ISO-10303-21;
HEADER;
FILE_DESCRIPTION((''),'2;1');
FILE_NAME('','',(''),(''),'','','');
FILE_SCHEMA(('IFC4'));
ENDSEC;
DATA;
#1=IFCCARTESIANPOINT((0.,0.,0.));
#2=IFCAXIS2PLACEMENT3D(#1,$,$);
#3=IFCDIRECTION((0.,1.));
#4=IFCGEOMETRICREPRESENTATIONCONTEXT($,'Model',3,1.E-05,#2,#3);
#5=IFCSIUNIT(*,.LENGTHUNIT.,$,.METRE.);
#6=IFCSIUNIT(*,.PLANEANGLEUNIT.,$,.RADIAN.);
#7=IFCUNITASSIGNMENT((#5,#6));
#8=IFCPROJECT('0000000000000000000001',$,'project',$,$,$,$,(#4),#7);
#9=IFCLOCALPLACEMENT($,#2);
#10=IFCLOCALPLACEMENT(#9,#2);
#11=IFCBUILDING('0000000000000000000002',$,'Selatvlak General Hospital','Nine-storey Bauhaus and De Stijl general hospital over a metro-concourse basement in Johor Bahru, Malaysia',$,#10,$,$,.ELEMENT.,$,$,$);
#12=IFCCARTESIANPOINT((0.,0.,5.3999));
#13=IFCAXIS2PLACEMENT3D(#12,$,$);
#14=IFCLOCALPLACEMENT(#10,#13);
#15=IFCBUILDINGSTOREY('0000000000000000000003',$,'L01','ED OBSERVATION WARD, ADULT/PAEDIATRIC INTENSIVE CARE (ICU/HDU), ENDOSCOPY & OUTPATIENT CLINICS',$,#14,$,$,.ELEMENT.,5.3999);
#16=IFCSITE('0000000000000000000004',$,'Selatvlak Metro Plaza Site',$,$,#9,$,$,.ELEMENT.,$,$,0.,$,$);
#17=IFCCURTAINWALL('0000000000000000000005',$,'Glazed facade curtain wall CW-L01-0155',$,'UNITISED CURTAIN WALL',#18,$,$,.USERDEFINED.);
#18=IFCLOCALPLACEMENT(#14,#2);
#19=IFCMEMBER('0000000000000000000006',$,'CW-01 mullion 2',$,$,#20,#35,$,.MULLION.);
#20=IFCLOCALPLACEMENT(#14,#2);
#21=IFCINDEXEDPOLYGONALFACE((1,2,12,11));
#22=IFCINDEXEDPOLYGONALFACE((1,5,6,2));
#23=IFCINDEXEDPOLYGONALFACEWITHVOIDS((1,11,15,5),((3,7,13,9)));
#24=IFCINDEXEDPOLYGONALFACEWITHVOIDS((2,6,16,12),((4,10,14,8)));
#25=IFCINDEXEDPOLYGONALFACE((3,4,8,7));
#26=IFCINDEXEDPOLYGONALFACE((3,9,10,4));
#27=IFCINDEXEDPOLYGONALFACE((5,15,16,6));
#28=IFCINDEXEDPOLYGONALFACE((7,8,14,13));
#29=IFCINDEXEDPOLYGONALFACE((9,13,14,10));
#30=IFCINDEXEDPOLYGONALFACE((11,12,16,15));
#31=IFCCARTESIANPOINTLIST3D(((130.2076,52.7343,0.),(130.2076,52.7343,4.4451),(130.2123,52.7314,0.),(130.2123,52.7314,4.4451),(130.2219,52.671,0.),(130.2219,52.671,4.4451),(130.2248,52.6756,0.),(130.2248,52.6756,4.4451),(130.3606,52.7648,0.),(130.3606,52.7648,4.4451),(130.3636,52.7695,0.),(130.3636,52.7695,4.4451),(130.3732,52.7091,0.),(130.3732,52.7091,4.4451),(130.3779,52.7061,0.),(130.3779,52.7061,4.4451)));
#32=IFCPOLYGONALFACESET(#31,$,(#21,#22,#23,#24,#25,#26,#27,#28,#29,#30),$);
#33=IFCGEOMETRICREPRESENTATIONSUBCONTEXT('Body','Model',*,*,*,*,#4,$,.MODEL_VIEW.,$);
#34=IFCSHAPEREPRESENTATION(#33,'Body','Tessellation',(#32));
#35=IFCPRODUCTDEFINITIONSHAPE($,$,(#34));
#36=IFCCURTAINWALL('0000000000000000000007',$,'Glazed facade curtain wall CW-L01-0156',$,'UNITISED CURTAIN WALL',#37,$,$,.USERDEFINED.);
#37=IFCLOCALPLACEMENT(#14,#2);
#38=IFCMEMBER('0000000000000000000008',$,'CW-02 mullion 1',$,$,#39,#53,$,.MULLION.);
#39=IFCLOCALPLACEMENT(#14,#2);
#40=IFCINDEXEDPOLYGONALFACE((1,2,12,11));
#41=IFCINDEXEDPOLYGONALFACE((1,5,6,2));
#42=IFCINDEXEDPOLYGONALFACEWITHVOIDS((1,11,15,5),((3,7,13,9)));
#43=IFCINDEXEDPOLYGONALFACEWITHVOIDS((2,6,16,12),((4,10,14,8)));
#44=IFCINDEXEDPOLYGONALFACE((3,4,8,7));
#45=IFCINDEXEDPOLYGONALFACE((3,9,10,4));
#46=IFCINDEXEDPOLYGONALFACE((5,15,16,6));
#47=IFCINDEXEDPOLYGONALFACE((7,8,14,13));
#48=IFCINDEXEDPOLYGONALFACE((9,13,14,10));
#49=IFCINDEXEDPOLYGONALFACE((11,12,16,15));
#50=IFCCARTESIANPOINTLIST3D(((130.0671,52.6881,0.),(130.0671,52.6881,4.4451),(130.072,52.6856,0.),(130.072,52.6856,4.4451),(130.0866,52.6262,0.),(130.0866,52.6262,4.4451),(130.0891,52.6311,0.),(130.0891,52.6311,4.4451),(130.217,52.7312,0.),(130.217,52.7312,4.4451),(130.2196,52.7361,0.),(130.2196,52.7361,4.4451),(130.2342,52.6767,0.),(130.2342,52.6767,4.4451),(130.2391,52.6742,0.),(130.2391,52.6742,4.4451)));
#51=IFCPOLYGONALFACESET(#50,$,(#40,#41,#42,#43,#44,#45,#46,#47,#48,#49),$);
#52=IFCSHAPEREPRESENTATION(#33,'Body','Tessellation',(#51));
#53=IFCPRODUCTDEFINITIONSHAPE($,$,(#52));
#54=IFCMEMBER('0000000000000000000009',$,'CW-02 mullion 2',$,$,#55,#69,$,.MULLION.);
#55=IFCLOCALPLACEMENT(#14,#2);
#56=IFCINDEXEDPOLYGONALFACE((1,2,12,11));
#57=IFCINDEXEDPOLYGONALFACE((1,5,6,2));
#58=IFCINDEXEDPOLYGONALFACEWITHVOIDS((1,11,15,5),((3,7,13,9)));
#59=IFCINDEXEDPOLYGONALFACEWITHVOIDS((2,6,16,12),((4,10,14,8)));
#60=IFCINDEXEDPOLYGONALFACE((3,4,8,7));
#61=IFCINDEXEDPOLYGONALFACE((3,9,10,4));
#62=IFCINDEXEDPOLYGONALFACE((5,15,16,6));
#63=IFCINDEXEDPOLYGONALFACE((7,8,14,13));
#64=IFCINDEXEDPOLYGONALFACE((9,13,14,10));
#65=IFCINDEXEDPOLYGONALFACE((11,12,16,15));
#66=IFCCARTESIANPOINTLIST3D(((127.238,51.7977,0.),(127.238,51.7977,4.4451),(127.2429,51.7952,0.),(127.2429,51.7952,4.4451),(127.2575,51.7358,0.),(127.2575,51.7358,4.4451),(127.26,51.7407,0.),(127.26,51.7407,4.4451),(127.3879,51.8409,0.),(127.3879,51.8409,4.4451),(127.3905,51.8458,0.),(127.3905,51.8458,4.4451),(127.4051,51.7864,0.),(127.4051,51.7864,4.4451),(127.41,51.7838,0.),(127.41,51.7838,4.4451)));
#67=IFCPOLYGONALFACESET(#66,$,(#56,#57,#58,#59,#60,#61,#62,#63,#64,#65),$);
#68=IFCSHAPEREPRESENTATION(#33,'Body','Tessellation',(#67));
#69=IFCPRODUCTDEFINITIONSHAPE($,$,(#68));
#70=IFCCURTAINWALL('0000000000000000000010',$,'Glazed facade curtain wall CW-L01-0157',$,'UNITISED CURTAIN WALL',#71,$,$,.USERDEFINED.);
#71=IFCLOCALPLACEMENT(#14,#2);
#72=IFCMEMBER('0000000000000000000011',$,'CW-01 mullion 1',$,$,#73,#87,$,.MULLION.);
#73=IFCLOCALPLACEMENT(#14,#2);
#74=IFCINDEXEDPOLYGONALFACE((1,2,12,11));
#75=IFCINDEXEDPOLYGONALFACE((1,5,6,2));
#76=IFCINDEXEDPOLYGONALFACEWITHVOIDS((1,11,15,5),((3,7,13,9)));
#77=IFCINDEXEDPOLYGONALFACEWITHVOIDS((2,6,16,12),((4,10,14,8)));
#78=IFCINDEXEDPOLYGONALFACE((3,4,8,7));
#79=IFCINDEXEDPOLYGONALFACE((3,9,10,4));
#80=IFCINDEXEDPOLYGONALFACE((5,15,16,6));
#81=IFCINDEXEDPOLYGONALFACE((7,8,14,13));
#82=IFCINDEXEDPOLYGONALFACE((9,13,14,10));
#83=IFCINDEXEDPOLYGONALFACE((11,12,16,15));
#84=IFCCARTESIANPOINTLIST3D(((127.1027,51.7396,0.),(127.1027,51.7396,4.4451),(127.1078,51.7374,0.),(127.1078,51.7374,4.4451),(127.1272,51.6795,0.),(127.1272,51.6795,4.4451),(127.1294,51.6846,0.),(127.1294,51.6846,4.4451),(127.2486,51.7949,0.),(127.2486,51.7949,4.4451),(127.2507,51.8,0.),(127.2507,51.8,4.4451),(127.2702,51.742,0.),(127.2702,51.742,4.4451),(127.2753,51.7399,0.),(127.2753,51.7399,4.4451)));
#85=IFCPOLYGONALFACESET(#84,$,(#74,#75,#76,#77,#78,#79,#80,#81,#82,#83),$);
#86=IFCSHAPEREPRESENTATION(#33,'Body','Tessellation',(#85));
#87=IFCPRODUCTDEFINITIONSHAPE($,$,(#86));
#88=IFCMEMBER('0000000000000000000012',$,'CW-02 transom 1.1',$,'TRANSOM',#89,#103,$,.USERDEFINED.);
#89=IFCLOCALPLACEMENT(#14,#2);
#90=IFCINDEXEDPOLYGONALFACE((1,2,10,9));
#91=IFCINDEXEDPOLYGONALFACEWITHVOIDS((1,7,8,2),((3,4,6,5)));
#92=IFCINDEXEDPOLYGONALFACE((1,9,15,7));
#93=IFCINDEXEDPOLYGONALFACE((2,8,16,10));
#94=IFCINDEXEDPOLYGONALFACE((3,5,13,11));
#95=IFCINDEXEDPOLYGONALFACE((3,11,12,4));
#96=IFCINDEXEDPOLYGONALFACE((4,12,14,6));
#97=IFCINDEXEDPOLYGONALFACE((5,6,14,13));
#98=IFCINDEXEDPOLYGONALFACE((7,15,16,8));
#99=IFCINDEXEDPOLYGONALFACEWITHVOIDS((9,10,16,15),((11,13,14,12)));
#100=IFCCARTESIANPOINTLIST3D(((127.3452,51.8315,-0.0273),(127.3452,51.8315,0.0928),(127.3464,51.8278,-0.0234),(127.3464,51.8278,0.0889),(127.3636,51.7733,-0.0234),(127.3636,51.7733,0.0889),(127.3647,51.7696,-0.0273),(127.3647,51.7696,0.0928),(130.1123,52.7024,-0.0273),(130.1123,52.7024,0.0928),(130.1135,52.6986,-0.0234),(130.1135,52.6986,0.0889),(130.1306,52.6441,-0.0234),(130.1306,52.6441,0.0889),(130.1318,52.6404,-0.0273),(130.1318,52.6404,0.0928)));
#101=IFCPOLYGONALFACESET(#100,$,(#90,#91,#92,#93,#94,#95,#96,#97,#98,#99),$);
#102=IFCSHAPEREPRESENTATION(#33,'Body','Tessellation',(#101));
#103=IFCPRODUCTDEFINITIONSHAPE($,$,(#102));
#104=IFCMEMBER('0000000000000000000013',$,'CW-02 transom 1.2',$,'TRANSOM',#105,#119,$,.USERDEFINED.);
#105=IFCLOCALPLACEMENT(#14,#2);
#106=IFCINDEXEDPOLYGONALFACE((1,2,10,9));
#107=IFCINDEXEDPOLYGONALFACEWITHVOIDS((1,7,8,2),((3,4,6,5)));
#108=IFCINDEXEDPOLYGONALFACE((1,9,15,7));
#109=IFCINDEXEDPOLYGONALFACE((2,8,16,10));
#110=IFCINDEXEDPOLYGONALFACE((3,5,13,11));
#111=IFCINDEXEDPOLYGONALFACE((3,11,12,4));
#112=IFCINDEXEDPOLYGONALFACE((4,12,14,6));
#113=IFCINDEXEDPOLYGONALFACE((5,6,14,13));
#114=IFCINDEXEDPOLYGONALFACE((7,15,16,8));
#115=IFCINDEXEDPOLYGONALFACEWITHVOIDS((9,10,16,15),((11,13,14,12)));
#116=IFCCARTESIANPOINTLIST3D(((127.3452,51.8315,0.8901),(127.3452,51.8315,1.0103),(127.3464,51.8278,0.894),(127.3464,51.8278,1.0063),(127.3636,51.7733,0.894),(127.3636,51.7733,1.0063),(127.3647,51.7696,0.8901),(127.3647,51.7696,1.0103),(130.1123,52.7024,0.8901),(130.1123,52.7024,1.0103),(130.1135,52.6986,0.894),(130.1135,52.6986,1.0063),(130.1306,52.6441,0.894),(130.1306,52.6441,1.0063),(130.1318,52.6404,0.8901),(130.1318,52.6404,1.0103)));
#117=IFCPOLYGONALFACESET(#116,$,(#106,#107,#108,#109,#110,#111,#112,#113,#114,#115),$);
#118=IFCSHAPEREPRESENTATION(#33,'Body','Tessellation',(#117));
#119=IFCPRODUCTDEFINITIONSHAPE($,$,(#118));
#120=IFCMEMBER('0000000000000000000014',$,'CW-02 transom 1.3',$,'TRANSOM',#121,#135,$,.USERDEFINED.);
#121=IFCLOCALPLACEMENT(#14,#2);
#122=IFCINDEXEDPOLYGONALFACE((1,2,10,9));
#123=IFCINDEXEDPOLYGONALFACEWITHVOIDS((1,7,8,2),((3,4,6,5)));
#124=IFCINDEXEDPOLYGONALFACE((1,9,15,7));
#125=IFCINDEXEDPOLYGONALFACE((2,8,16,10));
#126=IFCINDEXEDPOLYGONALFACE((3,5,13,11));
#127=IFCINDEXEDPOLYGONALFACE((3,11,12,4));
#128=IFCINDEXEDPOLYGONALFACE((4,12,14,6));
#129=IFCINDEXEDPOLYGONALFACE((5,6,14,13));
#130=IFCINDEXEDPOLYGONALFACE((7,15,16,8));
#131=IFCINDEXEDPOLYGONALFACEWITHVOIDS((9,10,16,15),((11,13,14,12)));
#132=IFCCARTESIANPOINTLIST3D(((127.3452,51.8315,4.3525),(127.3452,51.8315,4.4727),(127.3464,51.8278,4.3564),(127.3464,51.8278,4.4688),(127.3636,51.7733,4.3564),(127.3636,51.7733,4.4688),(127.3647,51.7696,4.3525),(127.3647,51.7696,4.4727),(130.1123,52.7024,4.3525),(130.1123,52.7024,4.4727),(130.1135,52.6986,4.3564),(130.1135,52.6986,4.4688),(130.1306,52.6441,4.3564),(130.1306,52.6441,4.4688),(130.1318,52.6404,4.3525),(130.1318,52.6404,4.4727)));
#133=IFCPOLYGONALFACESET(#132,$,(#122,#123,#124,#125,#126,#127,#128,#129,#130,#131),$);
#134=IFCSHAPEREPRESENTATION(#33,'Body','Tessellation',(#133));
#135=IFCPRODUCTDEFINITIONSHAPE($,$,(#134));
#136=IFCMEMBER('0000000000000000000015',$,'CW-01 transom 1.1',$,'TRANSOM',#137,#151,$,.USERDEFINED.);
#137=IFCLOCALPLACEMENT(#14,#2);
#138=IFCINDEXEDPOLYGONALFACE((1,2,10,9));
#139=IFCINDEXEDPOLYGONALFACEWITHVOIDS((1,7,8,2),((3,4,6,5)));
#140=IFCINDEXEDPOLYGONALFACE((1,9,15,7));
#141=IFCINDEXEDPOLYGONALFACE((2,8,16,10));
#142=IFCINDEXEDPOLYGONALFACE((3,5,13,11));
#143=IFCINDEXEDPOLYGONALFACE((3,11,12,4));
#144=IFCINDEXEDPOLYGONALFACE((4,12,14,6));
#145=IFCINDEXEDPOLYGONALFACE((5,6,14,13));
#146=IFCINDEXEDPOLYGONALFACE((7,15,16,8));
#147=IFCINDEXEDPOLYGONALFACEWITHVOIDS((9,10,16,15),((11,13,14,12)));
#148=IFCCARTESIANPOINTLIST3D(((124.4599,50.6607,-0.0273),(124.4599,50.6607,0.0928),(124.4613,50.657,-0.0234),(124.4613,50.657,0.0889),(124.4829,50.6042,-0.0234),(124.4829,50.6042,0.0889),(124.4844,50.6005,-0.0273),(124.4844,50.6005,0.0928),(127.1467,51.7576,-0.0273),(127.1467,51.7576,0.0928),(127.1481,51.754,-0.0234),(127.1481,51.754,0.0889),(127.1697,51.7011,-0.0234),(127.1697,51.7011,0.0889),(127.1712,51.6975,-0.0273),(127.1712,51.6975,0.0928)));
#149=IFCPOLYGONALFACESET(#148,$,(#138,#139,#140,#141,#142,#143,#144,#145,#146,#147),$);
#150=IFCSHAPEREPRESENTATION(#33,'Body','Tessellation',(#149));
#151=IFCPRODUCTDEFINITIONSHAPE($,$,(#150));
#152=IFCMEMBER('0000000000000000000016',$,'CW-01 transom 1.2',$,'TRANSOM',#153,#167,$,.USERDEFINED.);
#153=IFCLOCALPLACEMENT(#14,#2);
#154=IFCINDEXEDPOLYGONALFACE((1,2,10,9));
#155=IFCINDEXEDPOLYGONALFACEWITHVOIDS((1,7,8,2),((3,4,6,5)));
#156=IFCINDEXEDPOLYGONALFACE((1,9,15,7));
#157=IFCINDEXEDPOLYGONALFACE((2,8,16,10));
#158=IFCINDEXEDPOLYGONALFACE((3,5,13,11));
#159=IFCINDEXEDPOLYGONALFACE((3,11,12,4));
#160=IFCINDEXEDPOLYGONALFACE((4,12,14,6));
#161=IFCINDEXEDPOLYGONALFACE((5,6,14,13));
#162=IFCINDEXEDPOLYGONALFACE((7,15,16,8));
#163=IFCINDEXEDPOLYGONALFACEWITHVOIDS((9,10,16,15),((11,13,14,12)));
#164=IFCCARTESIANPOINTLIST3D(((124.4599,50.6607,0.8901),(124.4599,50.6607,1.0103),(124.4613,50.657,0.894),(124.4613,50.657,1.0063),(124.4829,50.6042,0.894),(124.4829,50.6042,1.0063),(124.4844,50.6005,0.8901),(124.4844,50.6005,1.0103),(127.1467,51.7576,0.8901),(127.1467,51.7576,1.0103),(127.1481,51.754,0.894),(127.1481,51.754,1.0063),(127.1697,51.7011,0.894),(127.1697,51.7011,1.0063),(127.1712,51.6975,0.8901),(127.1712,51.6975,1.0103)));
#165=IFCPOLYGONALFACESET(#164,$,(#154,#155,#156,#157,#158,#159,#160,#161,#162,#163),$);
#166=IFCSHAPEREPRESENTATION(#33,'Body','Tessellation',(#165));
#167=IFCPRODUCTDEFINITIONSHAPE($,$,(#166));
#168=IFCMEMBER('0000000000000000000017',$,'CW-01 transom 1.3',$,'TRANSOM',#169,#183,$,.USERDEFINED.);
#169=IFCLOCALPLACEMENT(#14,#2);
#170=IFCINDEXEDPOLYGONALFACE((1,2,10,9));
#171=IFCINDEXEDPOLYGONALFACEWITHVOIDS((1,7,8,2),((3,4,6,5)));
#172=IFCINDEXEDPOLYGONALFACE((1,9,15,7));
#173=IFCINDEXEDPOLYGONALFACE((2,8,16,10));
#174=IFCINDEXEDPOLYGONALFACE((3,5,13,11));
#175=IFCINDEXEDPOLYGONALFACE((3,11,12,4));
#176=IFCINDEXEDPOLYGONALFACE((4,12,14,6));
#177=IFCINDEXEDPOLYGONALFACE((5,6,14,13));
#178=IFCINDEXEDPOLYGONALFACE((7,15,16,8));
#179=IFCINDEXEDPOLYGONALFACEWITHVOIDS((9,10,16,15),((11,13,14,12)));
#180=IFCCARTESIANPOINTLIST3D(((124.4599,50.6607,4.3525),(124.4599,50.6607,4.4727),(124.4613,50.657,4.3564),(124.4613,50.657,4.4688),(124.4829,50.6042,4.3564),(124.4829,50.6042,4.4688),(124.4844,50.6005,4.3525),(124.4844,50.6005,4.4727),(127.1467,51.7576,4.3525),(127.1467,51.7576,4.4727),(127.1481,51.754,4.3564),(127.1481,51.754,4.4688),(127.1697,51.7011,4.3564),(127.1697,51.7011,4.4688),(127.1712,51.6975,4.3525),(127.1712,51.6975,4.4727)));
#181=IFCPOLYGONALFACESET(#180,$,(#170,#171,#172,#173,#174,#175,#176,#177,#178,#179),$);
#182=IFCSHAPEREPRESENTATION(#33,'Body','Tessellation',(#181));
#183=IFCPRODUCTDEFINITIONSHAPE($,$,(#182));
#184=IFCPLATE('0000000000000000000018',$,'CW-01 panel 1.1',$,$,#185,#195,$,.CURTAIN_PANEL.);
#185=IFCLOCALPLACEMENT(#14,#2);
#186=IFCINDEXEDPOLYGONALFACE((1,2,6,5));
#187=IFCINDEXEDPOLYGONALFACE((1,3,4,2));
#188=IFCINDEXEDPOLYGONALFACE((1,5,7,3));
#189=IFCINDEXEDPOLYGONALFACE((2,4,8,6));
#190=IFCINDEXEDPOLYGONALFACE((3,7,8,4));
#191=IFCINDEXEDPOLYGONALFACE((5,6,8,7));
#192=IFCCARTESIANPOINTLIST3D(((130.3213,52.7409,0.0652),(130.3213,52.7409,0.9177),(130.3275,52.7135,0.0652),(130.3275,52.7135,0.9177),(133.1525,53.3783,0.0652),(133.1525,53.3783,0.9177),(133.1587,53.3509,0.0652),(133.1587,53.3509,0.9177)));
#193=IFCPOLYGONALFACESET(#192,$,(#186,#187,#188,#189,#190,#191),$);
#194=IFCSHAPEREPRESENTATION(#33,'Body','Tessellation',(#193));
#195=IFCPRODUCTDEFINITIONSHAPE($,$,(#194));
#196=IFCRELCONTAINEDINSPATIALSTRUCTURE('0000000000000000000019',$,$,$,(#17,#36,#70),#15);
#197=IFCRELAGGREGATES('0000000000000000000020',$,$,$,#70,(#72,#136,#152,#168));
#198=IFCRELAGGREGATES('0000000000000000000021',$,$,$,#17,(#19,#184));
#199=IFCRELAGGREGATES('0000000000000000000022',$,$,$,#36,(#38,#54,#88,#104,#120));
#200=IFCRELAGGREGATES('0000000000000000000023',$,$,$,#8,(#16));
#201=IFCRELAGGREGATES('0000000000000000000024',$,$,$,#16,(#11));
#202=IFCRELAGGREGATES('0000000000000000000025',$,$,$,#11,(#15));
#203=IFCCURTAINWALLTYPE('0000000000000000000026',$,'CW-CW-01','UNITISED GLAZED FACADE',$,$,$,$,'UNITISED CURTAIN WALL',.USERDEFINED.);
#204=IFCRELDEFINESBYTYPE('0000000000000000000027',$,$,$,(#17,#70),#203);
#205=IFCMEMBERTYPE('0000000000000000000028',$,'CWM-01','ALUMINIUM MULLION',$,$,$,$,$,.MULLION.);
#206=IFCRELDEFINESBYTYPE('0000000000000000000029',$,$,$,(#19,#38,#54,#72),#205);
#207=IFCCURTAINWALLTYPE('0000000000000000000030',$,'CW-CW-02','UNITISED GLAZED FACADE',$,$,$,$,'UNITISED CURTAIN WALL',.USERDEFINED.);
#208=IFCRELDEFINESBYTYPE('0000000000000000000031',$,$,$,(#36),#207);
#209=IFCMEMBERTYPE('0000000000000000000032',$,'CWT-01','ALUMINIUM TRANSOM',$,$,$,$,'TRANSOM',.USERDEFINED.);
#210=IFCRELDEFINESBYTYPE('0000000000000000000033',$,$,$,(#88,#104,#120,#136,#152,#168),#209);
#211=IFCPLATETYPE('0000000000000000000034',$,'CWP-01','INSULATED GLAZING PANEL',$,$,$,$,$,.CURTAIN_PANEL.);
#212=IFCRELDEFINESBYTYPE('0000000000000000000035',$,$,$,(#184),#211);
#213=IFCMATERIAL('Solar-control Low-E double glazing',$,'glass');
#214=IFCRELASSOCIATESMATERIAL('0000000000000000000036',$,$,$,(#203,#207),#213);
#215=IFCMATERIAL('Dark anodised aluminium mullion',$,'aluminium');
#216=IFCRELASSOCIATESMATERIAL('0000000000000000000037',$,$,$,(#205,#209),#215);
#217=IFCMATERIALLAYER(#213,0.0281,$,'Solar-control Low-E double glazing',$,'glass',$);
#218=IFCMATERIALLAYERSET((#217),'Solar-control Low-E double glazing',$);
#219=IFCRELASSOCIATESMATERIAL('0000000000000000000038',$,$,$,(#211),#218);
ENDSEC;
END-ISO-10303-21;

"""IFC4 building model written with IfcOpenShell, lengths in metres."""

from ifc_helpers import new_model, si_unit, direction, frame, origin, origin_2d, place, context, subcontext, project, spatial, rectangle, hollow_rectangle, extrude, material, layer, layer_set, material_profile, profile_set, type_object, element, aggregate, save


model = new_model("IFC4")

# Units and contexts
model_context = context("Model", 3, precision=1e-05, world=origin(), true_north=direction((0.0, 1.0)))
body_context = subcontext(model_context, "Body", "Model", "MODEL_VIEW")
ifc_project = project(units=[si_unit("LENGTHUNIT", "METRE"), si_unit("PLANEANGLEUNIT", "RADIAN")], contexts=[model_context])

# Site, building, storey
site_placement = place(None, origin())
site = spatial("IfcSite", under=ifc_project, at=site_placement, Name="Selatvlak Metro Plaza Site", CompositionType="ELEMENT", RefElevation=0.0)
building_placement = place(site_placement, origin())
building = spatial("IfcBuilding", under=site, at=building_placement, Name="Selatvlak General Hospital", Description="Nine-storey Bauhaus and De Stijl general hospital over a metro-concourse basement in Johor Bahru, Malaysia", CompositionType="ELEMENT")
storey_placement = place(building_placement, frame((0.0, 0.0, 5.3999)))
storey = spatial("IfcBuildingStorey", under=building, at=storey_placement, Name="L01", Description="ED OBSERVATION WARD, ADULT/PAEDIATRIC INTENSIVE CARE (ICU/HDU), ENDOSCOPY & OUTPATIENT CLINICS", CompositionType="ELEMENT", Elevation=5.3999)

# Curtain wall, member
ifc_material_1 = material(Name="Solar-control Low-E double glazing", Category="glass")
curtain_wall_type_1 = type_object("IfcCurtainWallType", Name="CW-CW-01", Description="UNITISED GLAZED FACADE", ElementType="UNITISED CURTAIN WALL", PredefinedType="USERDEFINED", material=ifc_material_1)
curtain_wall_1_placement = place(storey_placement, origin())
curtain_wall_1 = element("IfcCurtainWall", 1, at=curtain_wall_1_placement, inside=storey, type_object=curtain_wall_type_1, Name="Glazed facade curtain wall CW-L01-0155", ObjectType="UNITISED CURTAIN WALL", PredefinedType="USERDEFINED")
ifc_material_2 = material(Name="Dark anodised aluminium mullion", Category="aluminium")
ifc_material_profile_1 = material_profile(ifc_material_2, hollow_rectangle(XDim=0.0649, YDim=0.1599, WallThickness=0.0039, at=origin_2d()), Name="AL-MUL 65x160x4")
ifc_profile_set_1 = profile_set([ifc_material_profile_1], Name="Dark anodised aluminium mullion")
member_type_1 = type_object("IfcMemberType", Name="CWM-01", Description="ALUMINIUM MULLION", PredefinedType="MULLION", material=ifc_profile_set_1)
member_1_placement = place(storey_placement, frame((130.2927, 52.7202, 0.0), z_axis=(0.0, 0.0, 1.0), x_axis=(0.219653, -0.975578, 0.0)))
member_1 = element("IfcMember", 2, at=member_1_placement, type_object=member_type_1, Name="CW-01 mullion 2", PredefinedType="MULLION", context=body_context, shape_type="SweptSolid", body=[
    extrude(hollow_rectangle(XDim=0.0649, YDim=0.1599, WallThickness=0.0039, at=origin_2d()), origin(), (0.0, 0.0, 1.0), 4.4451),
])

# Curtain wall, members
curtain_wall_type_2 = type_object("IfcCurtainWallType", Name="CW-CW-02", Description="UNITISED GLAZED FACADE", ElementType="UNITISED CURTAIN WALL", PredefinedType="USERDEFINED", material=ifc_material_1)
curtain_wall_2_placement = place(storey_placement, origin())
curtain_wall_2 = element("IfcCurtainWall", 3, at=curtain_wall_2_placement, inside=storey, type_object=curtain_wall_type_2, Name="Glazed facade curtain wall CW-L01-0156", ObjectType="UNITISED CURTAIN WALL", PredefinedType="USERDEFINED")
member_2_placement = place(storey_placement, frame((130.1531, 52.6812, 0.0), z_axis=(0.0, 0.0, 1.0), x_axis=(0.300247, -0.953862, 0.0)))
member_2 = element("IfcMember", 4, at=member_2_placement, type_object=member_type_1, Name="CW-02 mullion 1", PredefinedType="MULLION", context=body_context, shape_type="SweptSolid", body=[
    extrude(hollow_rectangle(XDim=0.0649, YDim=0.1599, WallThickness=0.0039, at=origin_2d()), origin(), (0.0, 0.0, 1.0), 4.4451),
])
member_3_placement = place(storey_placement, frame((127.324, 51.7908, 0.0), z_axis=(0.0, 0.0, 1.0), x_axis=(0.300247, -0.953862, 0.0)))
member_3 = element("IfcMember", 5, at=member_3_placement, type_object=member_type_1, Name="CW-02 mullion 2", PredefinedType="MULLION", context=body_context, shape_type="SweptSolid", body=[
    extrude(hollow_rectangle(XDim=0.0649, YDim=0.1599, WallThickness=0.0039, at=origin_2d()), origin(), (0.0, 0.0, 1.0), 4.4451),
])

# Curtain wall, member
curtain_wall_3_placement = place(storey_placement, origin())
curtain_wall_3 = element("IfcCurtainWall", 6, at=curtain_wall_3_placement, inside=storey, type_object=curtain_wall_type_1, Name="Glazed facade curtain wall CW-L01-0157", ObjectType="UNITISED CURTAIN WALL", PredefinedType="USERDEFINED")
member_4_placement = place(storey_placement, frame((127.189, 51.7397, 0.0), z_axis=(0.0, 0.0, 1.0), x_axis=(0.377978, -0.925815, 0.0)))
member_4 = element("IfcMember", 7, at=member_4_placement, type_object=member_type_1, Name="CW-01 mullion 1", PredefinedType="MULLION", context=body_context, shape_type="SweptSolid", body=[
    extrude(hollow_rectangle(XDim=0.0649, YDim=0.1599, WallThickness=0.0039, at=origin_2d()), origin(), (0.0, 0.0, 1.0), 4.4451),
])

# Members
ifc_material_profile_2 = material_profile(ifc_material_2, hollow_rectangle(XDim=0.0649, YDim=0.1201, WallThickness=0.0039, at=origin_2d()), Name="AL-TRN 65x120x4")
ifc_profile_set_2 = profile_set([ifc_material_profile_2], Name="Dark anodised aluminium mullion")
member_type_2 = type_object("IfcMemberType", Name="CWT-01", Description="ALUMINIUM TRANSOM", ElementType="TRANSOM", PredefinedType="USERDEFINED", material=ifc_profile_set_2)
member_5_placement = place(storey_placement, frame((130.1221, 52.6714, 0.0327), z_axis=(-0.953876, -0.300201, 0.0), x_axis=(0.300201, -0.953876, 0.0)))
member_5 = element("IfcMember", 8, at=member_5_placement, type_object=member_type_2, Name="CW-02 transom 1.1", ObjectType="TRANSOM", PredefinedType="USERDEFINED", context=body_context, shape_type="SweptSolid", body=[
    extrude(hollow_rectangle(XDim=0.0649, YDim=0.1201, WallThickness=0.0039, at=origin_2d()), origin(), (0.0, 0.0, 1.0), 2.9009),
])
member_6_placement = place(storey_placement, frame((130.1221, 52.6714, 0.9502), z_axis=(-0.953876, -0.300201, 0.0), x_axis=(0.300201, -0.953876, 0.0)))
member_6 = element("IfcMember", 9, at=member_6_placement, type_object=member_type_2, Name="CW-02 transom 1.2", ObjectType="TRANSOM", PredefinedType="USERDEFINED", context=body_context, shape_type="SweptSolid", body=[
    extrude(hollow_rectangle(XDim=0.0649, YDim=0.1201, WallThickness=0.0039, at=origin_2d()), origin(), (0.0, 0.0, 1.0), 2.9009),
])
member_7_placement = place(storey_placement, frame((130.1221, 52.6714, 4.4126), z_axis=(-0.953876, -0.300201, 0.0), x_axis=(0.300201, -0.953876, 0.0)))
member_7 = element("IfcMember", 10, at=member_7_placement, type_object=member_type_2, Name="CW-02 transom 1.3", ObjectType="TRANSOM", PredefinedType="USERDEFINED", context=body_context, shape_type="SweptSolid", body=[
    extrude(hollow_rectangle(XDim=0.0649, YDim=0.1201, WallThickness=0.0039, at=origin_2d()), origin(), (0.0, 0.0, 1.0), 2.9009),
])
member_8_placement = place(storey_placement, frame((127.1589, 51.7275, 0.0327), z_axis=(-0.925813, -0.377981, 0.0), x_axis=(0.377981, -0.925813, 0.0)))
member_8 = element("IfcMember", 11, at=member_8_placement, type_object=member_type_2, Name="CW-01 transom 1.1", ObjectType="TRANSOM", PredefinedType="USERDEFINED", context=body_context, shape_type="SweptSolid", body=[
    extrude(hollow_rectangle(XDim=0.0649, YDim=0.1201, WallThickness=0.0039, at=origin_2d()), origin(), (0.0, 0.0, 1.0), 2.9021),
])
member_9_placement = place(storey_placement, frame((127.1589, 51.7275, 0.9502), z_axis=(-0.925813, -0.377981, 0.0), x_axis=(0.377981, -0.925813, 0.0)))
member_9 = element("IfcMember", 12, at=member_9_placement, type_object=member_type_2, Name="CW-01 transom 1.2", ObjectType="TRANSOM", PredefinedType="USERDEFINED", context=body_context, shape_type="SweptSolid", body=[
    extrude(hollow_rectangle(XDim=0.0649, YDim=0.1201, WallThickness=0.0039, at=origin_2d()), origin(), (0.0, 0.0, 1.0), 2.9021),
])
member_10_placement = place(storey_placement, frame((127.1589, 51.7275, 4.4126), z_axis=(-0.925813, -0.377981, 0.0), x_axis=(0.377981, -0.925813, 0.0)))
member_10 = element("IfcMember", 13, at=member_10_placement, type_object=member_type_2, Name="CW-01 transom 1.3", ObjectType="TRANSOM", PredefinedType="USERDEFINED", context=body_context, shape_type="SweptSolid", body=[
    extrude(hollow_rectangle(XDim=0.0649, YDim=0.1201, WallThickness=0.0039, at=origin_2d()), origin(), (0.0, 0.0, 1.0), 2.9021),
])
aggregate(curtain_wall_3, [member_4, member_8, member_9, member_10])

# Plate
ifc_layer_1 = layer(ifc_material_1, 0.0281, Name="Solar-control Low-E double glazing", Category="glass")
ifc_layer_set_1 = layer_set([ifc_layer_1], Name="Solar-control Low-E double glazing")
plate_type = type_object("IfcPlateType", Name="CWP-01", Description="INSULATED GLAZING PANEL", PredefinedType="CURTAIN_PANEL", material=ifc_layer_set_1)
plate_1_placement = place(storey_placement, frame((131.74, 53.0459, 0.0652), z_axis=(0.0, 0.0, 1.0), x_axis=(-0.975578, -0.219653, 0.0)))
plate_1 = element("IfcPlate", 14, at=plate_1_placement, type_object=plate_type, Name="CW-01 panel 1.1", PredefinedType="CURTAIN_PANEL", context=body_context, shape_type="SweptSolid", body=[
    extrude(rectangle(XDim=2.9021, YDim=0.0281, at=origin_2d()), origin(), (0.0, 0.0, 1.0), 0.8525),
])
aggregate(curtain_wall_1, [member_1, plate_1])
aggregate(curtain_wall_2, [member_2, member_3, member_5, member_6, member_7])

save(model, "model.ifc")
